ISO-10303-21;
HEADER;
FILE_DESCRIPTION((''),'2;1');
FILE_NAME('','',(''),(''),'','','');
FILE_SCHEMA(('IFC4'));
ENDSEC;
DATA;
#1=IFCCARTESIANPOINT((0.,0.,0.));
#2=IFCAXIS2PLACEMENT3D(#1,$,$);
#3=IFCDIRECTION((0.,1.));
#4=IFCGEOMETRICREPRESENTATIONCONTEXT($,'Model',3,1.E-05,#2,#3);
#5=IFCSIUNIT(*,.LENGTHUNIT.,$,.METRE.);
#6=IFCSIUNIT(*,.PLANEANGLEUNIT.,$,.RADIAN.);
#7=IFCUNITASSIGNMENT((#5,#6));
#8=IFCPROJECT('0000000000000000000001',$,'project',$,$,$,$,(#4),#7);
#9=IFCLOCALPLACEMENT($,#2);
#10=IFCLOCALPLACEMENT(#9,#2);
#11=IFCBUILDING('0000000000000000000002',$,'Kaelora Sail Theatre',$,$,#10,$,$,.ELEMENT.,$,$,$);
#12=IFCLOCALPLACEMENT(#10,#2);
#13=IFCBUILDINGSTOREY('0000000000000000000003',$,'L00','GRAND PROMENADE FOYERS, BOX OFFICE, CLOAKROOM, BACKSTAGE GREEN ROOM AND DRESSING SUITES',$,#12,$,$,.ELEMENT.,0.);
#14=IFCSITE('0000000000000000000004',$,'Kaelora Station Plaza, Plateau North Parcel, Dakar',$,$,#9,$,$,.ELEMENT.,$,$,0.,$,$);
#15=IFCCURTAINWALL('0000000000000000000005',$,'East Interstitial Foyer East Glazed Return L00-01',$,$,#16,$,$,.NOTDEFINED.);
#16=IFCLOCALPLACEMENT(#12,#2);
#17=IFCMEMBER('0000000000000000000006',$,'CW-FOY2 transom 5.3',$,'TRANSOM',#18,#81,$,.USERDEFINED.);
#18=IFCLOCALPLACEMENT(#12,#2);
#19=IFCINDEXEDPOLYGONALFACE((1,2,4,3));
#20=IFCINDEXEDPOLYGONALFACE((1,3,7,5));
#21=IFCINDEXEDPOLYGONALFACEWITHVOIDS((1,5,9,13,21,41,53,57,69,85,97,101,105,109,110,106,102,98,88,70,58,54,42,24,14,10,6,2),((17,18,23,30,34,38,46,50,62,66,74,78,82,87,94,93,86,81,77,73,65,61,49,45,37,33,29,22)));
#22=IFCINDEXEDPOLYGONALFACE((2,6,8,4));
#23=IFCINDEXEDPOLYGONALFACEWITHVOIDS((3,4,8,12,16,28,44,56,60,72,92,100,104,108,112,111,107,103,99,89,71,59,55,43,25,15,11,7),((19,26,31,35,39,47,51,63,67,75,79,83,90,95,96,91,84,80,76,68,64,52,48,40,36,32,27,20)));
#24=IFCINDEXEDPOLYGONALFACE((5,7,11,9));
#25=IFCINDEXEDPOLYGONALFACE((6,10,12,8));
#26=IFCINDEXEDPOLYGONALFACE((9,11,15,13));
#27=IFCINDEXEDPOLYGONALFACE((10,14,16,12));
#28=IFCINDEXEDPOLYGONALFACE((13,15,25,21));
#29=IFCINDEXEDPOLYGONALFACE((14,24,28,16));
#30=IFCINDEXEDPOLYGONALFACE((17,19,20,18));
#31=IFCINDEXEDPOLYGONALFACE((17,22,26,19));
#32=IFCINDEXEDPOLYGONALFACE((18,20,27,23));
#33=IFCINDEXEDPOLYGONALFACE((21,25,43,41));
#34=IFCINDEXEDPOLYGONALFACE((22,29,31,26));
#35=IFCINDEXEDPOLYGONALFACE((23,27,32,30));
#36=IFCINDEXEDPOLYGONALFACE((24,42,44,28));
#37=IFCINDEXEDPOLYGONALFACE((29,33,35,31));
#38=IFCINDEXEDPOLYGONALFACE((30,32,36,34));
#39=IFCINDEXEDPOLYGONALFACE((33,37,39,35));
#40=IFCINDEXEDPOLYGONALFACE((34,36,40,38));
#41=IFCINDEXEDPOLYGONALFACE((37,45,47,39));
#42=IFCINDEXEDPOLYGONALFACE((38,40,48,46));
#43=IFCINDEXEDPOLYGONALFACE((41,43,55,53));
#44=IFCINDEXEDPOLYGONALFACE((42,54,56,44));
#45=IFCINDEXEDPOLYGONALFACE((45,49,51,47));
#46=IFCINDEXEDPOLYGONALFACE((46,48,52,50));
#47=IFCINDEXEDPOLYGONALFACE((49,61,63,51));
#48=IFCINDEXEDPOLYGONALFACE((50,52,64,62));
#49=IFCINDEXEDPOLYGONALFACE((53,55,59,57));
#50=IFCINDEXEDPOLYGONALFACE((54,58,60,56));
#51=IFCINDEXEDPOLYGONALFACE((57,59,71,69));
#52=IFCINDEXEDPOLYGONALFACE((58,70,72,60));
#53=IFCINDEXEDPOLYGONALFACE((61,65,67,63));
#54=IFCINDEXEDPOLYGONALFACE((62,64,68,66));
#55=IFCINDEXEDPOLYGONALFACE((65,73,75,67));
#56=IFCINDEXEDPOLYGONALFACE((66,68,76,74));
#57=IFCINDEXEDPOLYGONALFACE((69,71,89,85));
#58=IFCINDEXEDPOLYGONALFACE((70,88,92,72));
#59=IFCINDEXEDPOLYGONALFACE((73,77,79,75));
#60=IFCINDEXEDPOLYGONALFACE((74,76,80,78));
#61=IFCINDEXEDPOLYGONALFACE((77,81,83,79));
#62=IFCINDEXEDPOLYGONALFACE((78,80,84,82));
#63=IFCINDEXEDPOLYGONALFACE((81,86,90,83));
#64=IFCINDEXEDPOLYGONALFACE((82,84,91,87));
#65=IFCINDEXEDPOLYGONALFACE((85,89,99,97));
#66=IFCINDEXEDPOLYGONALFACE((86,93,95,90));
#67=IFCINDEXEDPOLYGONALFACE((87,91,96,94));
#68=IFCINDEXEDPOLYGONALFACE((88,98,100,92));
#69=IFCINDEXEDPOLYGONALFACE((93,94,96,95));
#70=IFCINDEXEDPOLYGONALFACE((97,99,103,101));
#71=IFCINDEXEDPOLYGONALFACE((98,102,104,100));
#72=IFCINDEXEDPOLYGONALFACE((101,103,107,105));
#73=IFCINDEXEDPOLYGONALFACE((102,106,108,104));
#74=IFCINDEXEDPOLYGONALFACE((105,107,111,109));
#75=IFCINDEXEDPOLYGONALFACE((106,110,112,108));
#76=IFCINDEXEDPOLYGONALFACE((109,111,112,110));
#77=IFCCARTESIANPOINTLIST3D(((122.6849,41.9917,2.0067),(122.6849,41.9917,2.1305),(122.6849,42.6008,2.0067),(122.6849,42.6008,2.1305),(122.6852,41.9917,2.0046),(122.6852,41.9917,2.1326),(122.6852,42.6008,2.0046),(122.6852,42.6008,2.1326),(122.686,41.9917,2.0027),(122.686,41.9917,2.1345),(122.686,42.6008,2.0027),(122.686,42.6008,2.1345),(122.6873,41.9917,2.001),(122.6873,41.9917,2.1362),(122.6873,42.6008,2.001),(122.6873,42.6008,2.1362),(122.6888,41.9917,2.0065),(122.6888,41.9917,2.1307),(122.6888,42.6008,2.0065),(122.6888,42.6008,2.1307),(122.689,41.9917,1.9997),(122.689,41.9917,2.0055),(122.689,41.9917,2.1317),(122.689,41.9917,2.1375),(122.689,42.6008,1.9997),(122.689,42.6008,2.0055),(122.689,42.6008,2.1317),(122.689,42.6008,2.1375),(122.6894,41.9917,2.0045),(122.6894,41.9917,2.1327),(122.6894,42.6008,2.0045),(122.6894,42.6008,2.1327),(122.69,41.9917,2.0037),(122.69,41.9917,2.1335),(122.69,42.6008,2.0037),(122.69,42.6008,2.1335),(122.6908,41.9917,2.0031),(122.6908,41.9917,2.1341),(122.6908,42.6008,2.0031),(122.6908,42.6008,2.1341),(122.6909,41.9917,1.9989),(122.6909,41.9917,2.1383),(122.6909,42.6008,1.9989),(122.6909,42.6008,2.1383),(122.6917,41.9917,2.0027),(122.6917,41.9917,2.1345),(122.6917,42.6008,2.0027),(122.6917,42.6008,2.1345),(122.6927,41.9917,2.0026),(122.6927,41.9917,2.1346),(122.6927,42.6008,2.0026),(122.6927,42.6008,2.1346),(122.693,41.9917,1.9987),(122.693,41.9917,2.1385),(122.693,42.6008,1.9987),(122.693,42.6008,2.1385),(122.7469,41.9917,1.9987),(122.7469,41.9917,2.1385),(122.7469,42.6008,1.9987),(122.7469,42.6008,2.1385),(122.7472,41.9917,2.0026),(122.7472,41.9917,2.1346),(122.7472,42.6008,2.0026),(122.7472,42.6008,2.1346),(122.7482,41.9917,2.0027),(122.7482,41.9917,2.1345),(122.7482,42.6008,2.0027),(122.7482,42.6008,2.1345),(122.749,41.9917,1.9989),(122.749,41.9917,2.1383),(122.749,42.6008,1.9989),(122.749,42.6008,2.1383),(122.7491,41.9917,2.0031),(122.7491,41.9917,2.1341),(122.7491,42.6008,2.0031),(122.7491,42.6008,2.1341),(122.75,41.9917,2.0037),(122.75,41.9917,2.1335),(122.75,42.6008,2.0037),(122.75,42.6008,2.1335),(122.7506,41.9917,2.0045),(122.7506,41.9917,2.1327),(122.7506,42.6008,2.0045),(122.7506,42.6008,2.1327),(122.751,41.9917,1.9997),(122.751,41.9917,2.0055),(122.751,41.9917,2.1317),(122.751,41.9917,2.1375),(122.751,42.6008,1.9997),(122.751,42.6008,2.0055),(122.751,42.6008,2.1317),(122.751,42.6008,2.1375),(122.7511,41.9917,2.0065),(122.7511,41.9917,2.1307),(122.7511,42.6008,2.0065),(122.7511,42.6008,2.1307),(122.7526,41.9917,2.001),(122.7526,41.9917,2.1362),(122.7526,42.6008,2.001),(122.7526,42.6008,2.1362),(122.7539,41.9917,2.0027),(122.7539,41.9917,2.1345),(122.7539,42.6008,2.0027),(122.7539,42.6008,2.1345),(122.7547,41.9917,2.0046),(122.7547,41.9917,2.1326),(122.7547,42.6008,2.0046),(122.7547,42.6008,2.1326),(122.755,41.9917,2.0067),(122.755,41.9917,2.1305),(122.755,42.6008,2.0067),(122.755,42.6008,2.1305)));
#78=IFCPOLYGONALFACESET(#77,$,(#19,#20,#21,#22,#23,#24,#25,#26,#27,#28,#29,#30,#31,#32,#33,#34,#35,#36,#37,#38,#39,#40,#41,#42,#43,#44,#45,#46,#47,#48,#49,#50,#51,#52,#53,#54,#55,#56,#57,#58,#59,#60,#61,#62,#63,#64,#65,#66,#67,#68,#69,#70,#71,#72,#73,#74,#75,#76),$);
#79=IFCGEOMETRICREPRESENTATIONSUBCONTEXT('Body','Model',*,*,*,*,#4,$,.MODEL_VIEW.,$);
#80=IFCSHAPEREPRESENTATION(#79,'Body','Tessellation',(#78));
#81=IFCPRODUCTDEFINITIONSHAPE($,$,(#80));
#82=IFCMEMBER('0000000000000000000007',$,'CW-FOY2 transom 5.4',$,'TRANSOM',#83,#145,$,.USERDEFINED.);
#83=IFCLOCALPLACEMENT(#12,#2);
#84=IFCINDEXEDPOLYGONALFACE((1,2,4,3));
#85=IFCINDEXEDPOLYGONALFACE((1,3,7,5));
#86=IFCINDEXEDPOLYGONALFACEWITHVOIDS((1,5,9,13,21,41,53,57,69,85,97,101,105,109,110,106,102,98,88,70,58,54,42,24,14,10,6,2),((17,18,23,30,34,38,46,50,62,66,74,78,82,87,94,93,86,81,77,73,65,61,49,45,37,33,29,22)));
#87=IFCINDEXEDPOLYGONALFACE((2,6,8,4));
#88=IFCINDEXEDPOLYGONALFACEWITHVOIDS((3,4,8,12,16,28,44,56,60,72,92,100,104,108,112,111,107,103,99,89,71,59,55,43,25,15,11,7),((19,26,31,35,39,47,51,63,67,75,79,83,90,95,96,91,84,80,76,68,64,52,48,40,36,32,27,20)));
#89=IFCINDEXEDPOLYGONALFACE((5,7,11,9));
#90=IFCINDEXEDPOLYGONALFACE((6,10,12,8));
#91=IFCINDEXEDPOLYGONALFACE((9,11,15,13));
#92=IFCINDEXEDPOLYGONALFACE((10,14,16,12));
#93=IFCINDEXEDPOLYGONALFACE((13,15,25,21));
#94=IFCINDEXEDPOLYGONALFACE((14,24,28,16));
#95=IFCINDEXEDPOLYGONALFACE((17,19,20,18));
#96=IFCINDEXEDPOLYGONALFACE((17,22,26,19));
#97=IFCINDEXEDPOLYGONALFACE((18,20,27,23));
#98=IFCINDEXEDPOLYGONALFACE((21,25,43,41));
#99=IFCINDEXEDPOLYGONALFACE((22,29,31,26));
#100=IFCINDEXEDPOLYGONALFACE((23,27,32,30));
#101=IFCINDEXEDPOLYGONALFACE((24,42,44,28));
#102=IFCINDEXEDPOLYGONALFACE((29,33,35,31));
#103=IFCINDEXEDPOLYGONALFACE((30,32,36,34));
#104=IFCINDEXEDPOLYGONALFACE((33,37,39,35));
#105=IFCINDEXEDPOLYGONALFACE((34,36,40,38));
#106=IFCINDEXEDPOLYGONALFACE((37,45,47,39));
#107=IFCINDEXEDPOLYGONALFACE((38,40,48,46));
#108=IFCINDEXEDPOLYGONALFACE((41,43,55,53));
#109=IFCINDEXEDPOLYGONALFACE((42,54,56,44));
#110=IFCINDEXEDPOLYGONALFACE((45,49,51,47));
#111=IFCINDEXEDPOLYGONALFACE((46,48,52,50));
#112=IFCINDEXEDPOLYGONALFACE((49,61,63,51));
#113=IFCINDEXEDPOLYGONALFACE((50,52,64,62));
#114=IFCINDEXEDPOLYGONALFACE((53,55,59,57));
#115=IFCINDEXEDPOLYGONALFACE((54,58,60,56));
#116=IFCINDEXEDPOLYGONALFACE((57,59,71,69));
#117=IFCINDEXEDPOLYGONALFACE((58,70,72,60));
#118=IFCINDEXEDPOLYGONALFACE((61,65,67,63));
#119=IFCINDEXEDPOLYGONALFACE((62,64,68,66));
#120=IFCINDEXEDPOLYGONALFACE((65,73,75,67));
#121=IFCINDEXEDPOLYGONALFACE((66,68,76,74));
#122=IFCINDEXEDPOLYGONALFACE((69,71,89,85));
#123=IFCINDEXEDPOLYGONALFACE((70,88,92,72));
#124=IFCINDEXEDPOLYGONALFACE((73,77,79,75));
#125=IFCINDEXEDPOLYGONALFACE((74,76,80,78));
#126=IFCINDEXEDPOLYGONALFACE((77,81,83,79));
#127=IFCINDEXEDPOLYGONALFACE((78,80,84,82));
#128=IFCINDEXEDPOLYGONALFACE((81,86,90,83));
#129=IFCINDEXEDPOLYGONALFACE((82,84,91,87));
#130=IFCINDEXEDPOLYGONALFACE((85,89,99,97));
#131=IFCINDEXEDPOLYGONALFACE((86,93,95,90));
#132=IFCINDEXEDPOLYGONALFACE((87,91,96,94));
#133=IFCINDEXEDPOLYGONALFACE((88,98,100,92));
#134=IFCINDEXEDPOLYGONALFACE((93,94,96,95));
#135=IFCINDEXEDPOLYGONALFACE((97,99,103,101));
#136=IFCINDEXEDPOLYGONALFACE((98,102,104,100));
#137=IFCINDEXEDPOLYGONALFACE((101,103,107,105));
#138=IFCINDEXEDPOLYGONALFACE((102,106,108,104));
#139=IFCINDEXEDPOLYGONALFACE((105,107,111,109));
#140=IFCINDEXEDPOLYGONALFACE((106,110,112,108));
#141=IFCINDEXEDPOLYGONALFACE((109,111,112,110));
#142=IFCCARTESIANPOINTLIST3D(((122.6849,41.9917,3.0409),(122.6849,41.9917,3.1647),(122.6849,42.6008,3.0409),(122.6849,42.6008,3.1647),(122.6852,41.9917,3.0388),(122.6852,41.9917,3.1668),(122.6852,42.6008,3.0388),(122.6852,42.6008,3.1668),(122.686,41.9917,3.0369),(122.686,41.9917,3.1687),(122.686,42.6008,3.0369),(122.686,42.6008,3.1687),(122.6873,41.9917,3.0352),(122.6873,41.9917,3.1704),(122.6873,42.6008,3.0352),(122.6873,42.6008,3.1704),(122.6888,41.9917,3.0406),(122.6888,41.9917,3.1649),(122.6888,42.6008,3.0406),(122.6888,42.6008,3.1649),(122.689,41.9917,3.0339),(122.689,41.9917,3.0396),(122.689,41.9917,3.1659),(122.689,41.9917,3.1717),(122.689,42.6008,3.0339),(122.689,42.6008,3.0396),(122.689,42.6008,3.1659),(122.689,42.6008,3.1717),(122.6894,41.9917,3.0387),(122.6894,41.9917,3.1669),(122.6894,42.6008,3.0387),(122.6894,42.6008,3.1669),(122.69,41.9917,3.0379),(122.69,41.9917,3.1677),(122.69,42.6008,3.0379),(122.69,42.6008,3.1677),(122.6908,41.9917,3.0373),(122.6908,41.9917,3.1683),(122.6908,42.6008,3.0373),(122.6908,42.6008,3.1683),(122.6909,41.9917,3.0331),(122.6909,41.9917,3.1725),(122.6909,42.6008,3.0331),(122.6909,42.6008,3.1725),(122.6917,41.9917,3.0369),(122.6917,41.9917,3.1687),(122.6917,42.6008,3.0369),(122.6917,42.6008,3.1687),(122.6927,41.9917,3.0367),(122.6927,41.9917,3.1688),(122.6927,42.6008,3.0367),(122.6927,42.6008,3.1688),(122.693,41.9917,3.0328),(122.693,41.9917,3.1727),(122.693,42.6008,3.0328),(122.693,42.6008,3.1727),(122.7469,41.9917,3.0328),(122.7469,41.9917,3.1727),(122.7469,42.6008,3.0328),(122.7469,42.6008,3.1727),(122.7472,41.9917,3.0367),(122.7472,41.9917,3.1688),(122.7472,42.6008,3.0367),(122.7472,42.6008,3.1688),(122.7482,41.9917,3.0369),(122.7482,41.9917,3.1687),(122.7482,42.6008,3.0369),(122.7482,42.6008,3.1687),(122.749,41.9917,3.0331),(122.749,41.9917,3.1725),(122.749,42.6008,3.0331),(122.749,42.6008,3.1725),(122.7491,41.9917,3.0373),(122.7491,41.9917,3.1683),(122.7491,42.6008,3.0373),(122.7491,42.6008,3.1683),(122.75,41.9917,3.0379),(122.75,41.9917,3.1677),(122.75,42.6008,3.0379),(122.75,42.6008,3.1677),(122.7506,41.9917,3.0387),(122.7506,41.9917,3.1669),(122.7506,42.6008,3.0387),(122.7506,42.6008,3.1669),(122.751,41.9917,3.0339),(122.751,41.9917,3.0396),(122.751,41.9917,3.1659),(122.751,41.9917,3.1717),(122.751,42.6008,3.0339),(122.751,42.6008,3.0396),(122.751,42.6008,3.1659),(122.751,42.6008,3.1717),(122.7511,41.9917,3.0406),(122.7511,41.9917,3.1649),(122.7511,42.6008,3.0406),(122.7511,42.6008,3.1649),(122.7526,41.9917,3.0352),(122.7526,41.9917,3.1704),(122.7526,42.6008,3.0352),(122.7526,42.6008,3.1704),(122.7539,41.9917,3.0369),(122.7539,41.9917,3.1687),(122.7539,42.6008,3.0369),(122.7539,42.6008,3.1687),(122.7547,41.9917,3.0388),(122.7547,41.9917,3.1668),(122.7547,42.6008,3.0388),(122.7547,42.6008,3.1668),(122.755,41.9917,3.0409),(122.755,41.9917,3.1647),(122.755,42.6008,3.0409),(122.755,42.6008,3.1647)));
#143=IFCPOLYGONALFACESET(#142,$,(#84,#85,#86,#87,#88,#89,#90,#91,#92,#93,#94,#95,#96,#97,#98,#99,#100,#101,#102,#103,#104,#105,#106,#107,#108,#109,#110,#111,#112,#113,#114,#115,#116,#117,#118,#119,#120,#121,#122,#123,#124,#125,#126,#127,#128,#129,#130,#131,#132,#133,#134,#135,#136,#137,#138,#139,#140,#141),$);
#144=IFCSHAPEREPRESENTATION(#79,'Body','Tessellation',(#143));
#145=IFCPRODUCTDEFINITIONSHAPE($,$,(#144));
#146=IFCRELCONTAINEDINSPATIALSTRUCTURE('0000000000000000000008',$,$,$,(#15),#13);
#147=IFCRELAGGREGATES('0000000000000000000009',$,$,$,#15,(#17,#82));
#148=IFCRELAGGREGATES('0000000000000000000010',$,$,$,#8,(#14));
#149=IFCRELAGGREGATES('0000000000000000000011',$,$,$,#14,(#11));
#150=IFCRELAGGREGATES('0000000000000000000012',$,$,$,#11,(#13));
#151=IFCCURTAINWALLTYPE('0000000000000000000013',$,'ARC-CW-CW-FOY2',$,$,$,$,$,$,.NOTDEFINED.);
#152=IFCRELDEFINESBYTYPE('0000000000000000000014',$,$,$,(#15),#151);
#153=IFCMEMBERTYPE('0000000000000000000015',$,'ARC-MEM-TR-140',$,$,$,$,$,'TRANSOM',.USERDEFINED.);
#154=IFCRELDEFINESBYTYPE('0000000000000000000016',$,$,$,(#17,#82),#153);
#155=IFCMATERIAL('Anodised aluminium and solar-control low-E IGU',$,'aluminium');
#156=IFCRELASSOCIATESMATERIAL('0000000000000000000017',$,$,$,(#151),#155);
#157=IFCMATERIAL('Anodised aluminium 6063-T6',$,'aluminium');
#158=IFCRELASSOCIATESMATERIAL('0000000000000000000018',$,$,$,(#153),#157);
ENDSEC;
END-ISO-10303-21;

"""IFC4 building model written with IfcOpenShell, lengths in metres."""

from ifc_helpers import new_model, si_unit, direction, frame, origin, origin_2d, place, context, subcontext, project, spatial, hollow_rectangle, extrude, material, material_profile, profile_set, type_object, element, aggregate, save


model = new_model("IFC4")

# Units and contexts
model_context = context("Model", 3, precision=1e-05, world=origin(), true_north=direction((0.0, 1.0)))
body_context = subcontext(model_context, "Body", "Model", "MODEL_VIEW")
ifc_project = project(units=[si_unit("LENGTHUNIT", "METRE"), si_unit("PLANEANGLEUNIT", "RADIAN")], contexts=[model_context])

# Site, building, storey
site_placement = place(None, origin())
site = spatial("IfcSite", under=ifc_project, at=site_placement, Name="Kaelora Station Plaza, Plateau North Parcel, Dakar", CompositionType="ELEMENT", RefElevation=0.0)
building_placement = place(site_placement, origin())
building = spatial("IfcBuilding", under=site, at=building_placement, Name="Kaelora Sail Theatre", CompositionType="ELEMENT")
storey_placement = place(building_placement, origin())
storey = spatial("IfcBuildingStorey", under=building, at=storey_placement, Name="L00", Description="GRAND PROMENADE FOYERS, BOX OFFICE, CLOAKROOM, BACKSTAGE GREEN ROOM AND DRESSING SUITES", CompositionType="ELEMENT", Elevation=0.0)

# Curtain wall
ifc_material_1 = material(Name="Anodised aluminium and solar-control low-E IGU", Category="aluminium")
curtain_wall_type = type_object("IfcCurtainWallType", Name="ARC-CW-CW-FOY2", PredefinedType="NOTDEFINED", material=ifc_material_1)
curtain_wall_placement = place(storey_placement, origin())
curtain_wall = element("IfcCurtainWall", 1, at=curtain_wall_placement, inside=storey, type_object=curtain_wall_type, Name="East Interstitial Foyer East Glazed Return L00-01", PredefinedType="NOTDEFINED")

# Members
ifc_material_2 = material(Name="Anodised aluminium 6063-T6", Category="aluminium")
ifc_material_profile_1 = material_profile(ifc_material_2, hollow_rectangle(XDim=0.0701, YDim=0.1399, WallThickness=0.0039, InnerFilletRadius=0.0039, OuterFilletRadius=0.0081, at=origin_2d()), Name="ALU-TRAN 70x140x4")
ifc_profile_set_1 = profile_set([ifc_material_profile_1], Name="Anodised aluminium 6063-T6")
member_type_1 = type_object("IfcMemberType", Name="ARC-MEM-TR-140", ElementType="TRANSOM", PredefinedType="USERDEFINED", material=ifc_profile_set_1)
member_1_placement = place(storey_placement, frame((122.72, 41.9917, 2.0686), z_axis=(0.0, 1.0, 0.0), x_axis=(-1.0, 0.0, 0.0)))
member_1 = element("IfcMember", 2, at=member_1_placement, type_object=member_type_1, Name="CW-FOY2 transom 5.3", ObjectType="TRANSOM", PredefinedType="USERDEFINED", context=body_context, shape_type="SweptSolid", body=[
    extrude(hollow_rectangle(XDim=0.0701, YDim=0.1399, WallThickness=0.0039, InnerFilletRadius=0.0039, OuterFilletRadius=0.0081, at=origin_2d()), origin(), (0.0, 0.0, 1.0), 0.6091),
])
member_2_placement = place(storey_placement, frame((122.72, 41.9917, 3.1028), z_axis=(0.0, 1.0, 0.0), x_axis=(-1.0, 0.0, 0.0)))
member_2 = element("IfcMember", 3, at=member_2_placement, type_object=member_type_1, Name="CW-FOY2 transom 5.4", ObjectType="TRANSOM", PredefinedType="USERDEFINED", context=body_context, shape_type="SweptSolid", body=[
    extrude(hollow_rectangle(XDim=0.0701, YDim=0.1399, WallThickness=0.0039, InnerFilletRadius=0.0039, OuterFilletRadius=0.0081, at=origin_2d()), origin(), (0.0, 0.0, 1.0), 0.6091),
])

aggregate(curtain_wall, [member_1, member_2])

save(model, "model.ifc")
